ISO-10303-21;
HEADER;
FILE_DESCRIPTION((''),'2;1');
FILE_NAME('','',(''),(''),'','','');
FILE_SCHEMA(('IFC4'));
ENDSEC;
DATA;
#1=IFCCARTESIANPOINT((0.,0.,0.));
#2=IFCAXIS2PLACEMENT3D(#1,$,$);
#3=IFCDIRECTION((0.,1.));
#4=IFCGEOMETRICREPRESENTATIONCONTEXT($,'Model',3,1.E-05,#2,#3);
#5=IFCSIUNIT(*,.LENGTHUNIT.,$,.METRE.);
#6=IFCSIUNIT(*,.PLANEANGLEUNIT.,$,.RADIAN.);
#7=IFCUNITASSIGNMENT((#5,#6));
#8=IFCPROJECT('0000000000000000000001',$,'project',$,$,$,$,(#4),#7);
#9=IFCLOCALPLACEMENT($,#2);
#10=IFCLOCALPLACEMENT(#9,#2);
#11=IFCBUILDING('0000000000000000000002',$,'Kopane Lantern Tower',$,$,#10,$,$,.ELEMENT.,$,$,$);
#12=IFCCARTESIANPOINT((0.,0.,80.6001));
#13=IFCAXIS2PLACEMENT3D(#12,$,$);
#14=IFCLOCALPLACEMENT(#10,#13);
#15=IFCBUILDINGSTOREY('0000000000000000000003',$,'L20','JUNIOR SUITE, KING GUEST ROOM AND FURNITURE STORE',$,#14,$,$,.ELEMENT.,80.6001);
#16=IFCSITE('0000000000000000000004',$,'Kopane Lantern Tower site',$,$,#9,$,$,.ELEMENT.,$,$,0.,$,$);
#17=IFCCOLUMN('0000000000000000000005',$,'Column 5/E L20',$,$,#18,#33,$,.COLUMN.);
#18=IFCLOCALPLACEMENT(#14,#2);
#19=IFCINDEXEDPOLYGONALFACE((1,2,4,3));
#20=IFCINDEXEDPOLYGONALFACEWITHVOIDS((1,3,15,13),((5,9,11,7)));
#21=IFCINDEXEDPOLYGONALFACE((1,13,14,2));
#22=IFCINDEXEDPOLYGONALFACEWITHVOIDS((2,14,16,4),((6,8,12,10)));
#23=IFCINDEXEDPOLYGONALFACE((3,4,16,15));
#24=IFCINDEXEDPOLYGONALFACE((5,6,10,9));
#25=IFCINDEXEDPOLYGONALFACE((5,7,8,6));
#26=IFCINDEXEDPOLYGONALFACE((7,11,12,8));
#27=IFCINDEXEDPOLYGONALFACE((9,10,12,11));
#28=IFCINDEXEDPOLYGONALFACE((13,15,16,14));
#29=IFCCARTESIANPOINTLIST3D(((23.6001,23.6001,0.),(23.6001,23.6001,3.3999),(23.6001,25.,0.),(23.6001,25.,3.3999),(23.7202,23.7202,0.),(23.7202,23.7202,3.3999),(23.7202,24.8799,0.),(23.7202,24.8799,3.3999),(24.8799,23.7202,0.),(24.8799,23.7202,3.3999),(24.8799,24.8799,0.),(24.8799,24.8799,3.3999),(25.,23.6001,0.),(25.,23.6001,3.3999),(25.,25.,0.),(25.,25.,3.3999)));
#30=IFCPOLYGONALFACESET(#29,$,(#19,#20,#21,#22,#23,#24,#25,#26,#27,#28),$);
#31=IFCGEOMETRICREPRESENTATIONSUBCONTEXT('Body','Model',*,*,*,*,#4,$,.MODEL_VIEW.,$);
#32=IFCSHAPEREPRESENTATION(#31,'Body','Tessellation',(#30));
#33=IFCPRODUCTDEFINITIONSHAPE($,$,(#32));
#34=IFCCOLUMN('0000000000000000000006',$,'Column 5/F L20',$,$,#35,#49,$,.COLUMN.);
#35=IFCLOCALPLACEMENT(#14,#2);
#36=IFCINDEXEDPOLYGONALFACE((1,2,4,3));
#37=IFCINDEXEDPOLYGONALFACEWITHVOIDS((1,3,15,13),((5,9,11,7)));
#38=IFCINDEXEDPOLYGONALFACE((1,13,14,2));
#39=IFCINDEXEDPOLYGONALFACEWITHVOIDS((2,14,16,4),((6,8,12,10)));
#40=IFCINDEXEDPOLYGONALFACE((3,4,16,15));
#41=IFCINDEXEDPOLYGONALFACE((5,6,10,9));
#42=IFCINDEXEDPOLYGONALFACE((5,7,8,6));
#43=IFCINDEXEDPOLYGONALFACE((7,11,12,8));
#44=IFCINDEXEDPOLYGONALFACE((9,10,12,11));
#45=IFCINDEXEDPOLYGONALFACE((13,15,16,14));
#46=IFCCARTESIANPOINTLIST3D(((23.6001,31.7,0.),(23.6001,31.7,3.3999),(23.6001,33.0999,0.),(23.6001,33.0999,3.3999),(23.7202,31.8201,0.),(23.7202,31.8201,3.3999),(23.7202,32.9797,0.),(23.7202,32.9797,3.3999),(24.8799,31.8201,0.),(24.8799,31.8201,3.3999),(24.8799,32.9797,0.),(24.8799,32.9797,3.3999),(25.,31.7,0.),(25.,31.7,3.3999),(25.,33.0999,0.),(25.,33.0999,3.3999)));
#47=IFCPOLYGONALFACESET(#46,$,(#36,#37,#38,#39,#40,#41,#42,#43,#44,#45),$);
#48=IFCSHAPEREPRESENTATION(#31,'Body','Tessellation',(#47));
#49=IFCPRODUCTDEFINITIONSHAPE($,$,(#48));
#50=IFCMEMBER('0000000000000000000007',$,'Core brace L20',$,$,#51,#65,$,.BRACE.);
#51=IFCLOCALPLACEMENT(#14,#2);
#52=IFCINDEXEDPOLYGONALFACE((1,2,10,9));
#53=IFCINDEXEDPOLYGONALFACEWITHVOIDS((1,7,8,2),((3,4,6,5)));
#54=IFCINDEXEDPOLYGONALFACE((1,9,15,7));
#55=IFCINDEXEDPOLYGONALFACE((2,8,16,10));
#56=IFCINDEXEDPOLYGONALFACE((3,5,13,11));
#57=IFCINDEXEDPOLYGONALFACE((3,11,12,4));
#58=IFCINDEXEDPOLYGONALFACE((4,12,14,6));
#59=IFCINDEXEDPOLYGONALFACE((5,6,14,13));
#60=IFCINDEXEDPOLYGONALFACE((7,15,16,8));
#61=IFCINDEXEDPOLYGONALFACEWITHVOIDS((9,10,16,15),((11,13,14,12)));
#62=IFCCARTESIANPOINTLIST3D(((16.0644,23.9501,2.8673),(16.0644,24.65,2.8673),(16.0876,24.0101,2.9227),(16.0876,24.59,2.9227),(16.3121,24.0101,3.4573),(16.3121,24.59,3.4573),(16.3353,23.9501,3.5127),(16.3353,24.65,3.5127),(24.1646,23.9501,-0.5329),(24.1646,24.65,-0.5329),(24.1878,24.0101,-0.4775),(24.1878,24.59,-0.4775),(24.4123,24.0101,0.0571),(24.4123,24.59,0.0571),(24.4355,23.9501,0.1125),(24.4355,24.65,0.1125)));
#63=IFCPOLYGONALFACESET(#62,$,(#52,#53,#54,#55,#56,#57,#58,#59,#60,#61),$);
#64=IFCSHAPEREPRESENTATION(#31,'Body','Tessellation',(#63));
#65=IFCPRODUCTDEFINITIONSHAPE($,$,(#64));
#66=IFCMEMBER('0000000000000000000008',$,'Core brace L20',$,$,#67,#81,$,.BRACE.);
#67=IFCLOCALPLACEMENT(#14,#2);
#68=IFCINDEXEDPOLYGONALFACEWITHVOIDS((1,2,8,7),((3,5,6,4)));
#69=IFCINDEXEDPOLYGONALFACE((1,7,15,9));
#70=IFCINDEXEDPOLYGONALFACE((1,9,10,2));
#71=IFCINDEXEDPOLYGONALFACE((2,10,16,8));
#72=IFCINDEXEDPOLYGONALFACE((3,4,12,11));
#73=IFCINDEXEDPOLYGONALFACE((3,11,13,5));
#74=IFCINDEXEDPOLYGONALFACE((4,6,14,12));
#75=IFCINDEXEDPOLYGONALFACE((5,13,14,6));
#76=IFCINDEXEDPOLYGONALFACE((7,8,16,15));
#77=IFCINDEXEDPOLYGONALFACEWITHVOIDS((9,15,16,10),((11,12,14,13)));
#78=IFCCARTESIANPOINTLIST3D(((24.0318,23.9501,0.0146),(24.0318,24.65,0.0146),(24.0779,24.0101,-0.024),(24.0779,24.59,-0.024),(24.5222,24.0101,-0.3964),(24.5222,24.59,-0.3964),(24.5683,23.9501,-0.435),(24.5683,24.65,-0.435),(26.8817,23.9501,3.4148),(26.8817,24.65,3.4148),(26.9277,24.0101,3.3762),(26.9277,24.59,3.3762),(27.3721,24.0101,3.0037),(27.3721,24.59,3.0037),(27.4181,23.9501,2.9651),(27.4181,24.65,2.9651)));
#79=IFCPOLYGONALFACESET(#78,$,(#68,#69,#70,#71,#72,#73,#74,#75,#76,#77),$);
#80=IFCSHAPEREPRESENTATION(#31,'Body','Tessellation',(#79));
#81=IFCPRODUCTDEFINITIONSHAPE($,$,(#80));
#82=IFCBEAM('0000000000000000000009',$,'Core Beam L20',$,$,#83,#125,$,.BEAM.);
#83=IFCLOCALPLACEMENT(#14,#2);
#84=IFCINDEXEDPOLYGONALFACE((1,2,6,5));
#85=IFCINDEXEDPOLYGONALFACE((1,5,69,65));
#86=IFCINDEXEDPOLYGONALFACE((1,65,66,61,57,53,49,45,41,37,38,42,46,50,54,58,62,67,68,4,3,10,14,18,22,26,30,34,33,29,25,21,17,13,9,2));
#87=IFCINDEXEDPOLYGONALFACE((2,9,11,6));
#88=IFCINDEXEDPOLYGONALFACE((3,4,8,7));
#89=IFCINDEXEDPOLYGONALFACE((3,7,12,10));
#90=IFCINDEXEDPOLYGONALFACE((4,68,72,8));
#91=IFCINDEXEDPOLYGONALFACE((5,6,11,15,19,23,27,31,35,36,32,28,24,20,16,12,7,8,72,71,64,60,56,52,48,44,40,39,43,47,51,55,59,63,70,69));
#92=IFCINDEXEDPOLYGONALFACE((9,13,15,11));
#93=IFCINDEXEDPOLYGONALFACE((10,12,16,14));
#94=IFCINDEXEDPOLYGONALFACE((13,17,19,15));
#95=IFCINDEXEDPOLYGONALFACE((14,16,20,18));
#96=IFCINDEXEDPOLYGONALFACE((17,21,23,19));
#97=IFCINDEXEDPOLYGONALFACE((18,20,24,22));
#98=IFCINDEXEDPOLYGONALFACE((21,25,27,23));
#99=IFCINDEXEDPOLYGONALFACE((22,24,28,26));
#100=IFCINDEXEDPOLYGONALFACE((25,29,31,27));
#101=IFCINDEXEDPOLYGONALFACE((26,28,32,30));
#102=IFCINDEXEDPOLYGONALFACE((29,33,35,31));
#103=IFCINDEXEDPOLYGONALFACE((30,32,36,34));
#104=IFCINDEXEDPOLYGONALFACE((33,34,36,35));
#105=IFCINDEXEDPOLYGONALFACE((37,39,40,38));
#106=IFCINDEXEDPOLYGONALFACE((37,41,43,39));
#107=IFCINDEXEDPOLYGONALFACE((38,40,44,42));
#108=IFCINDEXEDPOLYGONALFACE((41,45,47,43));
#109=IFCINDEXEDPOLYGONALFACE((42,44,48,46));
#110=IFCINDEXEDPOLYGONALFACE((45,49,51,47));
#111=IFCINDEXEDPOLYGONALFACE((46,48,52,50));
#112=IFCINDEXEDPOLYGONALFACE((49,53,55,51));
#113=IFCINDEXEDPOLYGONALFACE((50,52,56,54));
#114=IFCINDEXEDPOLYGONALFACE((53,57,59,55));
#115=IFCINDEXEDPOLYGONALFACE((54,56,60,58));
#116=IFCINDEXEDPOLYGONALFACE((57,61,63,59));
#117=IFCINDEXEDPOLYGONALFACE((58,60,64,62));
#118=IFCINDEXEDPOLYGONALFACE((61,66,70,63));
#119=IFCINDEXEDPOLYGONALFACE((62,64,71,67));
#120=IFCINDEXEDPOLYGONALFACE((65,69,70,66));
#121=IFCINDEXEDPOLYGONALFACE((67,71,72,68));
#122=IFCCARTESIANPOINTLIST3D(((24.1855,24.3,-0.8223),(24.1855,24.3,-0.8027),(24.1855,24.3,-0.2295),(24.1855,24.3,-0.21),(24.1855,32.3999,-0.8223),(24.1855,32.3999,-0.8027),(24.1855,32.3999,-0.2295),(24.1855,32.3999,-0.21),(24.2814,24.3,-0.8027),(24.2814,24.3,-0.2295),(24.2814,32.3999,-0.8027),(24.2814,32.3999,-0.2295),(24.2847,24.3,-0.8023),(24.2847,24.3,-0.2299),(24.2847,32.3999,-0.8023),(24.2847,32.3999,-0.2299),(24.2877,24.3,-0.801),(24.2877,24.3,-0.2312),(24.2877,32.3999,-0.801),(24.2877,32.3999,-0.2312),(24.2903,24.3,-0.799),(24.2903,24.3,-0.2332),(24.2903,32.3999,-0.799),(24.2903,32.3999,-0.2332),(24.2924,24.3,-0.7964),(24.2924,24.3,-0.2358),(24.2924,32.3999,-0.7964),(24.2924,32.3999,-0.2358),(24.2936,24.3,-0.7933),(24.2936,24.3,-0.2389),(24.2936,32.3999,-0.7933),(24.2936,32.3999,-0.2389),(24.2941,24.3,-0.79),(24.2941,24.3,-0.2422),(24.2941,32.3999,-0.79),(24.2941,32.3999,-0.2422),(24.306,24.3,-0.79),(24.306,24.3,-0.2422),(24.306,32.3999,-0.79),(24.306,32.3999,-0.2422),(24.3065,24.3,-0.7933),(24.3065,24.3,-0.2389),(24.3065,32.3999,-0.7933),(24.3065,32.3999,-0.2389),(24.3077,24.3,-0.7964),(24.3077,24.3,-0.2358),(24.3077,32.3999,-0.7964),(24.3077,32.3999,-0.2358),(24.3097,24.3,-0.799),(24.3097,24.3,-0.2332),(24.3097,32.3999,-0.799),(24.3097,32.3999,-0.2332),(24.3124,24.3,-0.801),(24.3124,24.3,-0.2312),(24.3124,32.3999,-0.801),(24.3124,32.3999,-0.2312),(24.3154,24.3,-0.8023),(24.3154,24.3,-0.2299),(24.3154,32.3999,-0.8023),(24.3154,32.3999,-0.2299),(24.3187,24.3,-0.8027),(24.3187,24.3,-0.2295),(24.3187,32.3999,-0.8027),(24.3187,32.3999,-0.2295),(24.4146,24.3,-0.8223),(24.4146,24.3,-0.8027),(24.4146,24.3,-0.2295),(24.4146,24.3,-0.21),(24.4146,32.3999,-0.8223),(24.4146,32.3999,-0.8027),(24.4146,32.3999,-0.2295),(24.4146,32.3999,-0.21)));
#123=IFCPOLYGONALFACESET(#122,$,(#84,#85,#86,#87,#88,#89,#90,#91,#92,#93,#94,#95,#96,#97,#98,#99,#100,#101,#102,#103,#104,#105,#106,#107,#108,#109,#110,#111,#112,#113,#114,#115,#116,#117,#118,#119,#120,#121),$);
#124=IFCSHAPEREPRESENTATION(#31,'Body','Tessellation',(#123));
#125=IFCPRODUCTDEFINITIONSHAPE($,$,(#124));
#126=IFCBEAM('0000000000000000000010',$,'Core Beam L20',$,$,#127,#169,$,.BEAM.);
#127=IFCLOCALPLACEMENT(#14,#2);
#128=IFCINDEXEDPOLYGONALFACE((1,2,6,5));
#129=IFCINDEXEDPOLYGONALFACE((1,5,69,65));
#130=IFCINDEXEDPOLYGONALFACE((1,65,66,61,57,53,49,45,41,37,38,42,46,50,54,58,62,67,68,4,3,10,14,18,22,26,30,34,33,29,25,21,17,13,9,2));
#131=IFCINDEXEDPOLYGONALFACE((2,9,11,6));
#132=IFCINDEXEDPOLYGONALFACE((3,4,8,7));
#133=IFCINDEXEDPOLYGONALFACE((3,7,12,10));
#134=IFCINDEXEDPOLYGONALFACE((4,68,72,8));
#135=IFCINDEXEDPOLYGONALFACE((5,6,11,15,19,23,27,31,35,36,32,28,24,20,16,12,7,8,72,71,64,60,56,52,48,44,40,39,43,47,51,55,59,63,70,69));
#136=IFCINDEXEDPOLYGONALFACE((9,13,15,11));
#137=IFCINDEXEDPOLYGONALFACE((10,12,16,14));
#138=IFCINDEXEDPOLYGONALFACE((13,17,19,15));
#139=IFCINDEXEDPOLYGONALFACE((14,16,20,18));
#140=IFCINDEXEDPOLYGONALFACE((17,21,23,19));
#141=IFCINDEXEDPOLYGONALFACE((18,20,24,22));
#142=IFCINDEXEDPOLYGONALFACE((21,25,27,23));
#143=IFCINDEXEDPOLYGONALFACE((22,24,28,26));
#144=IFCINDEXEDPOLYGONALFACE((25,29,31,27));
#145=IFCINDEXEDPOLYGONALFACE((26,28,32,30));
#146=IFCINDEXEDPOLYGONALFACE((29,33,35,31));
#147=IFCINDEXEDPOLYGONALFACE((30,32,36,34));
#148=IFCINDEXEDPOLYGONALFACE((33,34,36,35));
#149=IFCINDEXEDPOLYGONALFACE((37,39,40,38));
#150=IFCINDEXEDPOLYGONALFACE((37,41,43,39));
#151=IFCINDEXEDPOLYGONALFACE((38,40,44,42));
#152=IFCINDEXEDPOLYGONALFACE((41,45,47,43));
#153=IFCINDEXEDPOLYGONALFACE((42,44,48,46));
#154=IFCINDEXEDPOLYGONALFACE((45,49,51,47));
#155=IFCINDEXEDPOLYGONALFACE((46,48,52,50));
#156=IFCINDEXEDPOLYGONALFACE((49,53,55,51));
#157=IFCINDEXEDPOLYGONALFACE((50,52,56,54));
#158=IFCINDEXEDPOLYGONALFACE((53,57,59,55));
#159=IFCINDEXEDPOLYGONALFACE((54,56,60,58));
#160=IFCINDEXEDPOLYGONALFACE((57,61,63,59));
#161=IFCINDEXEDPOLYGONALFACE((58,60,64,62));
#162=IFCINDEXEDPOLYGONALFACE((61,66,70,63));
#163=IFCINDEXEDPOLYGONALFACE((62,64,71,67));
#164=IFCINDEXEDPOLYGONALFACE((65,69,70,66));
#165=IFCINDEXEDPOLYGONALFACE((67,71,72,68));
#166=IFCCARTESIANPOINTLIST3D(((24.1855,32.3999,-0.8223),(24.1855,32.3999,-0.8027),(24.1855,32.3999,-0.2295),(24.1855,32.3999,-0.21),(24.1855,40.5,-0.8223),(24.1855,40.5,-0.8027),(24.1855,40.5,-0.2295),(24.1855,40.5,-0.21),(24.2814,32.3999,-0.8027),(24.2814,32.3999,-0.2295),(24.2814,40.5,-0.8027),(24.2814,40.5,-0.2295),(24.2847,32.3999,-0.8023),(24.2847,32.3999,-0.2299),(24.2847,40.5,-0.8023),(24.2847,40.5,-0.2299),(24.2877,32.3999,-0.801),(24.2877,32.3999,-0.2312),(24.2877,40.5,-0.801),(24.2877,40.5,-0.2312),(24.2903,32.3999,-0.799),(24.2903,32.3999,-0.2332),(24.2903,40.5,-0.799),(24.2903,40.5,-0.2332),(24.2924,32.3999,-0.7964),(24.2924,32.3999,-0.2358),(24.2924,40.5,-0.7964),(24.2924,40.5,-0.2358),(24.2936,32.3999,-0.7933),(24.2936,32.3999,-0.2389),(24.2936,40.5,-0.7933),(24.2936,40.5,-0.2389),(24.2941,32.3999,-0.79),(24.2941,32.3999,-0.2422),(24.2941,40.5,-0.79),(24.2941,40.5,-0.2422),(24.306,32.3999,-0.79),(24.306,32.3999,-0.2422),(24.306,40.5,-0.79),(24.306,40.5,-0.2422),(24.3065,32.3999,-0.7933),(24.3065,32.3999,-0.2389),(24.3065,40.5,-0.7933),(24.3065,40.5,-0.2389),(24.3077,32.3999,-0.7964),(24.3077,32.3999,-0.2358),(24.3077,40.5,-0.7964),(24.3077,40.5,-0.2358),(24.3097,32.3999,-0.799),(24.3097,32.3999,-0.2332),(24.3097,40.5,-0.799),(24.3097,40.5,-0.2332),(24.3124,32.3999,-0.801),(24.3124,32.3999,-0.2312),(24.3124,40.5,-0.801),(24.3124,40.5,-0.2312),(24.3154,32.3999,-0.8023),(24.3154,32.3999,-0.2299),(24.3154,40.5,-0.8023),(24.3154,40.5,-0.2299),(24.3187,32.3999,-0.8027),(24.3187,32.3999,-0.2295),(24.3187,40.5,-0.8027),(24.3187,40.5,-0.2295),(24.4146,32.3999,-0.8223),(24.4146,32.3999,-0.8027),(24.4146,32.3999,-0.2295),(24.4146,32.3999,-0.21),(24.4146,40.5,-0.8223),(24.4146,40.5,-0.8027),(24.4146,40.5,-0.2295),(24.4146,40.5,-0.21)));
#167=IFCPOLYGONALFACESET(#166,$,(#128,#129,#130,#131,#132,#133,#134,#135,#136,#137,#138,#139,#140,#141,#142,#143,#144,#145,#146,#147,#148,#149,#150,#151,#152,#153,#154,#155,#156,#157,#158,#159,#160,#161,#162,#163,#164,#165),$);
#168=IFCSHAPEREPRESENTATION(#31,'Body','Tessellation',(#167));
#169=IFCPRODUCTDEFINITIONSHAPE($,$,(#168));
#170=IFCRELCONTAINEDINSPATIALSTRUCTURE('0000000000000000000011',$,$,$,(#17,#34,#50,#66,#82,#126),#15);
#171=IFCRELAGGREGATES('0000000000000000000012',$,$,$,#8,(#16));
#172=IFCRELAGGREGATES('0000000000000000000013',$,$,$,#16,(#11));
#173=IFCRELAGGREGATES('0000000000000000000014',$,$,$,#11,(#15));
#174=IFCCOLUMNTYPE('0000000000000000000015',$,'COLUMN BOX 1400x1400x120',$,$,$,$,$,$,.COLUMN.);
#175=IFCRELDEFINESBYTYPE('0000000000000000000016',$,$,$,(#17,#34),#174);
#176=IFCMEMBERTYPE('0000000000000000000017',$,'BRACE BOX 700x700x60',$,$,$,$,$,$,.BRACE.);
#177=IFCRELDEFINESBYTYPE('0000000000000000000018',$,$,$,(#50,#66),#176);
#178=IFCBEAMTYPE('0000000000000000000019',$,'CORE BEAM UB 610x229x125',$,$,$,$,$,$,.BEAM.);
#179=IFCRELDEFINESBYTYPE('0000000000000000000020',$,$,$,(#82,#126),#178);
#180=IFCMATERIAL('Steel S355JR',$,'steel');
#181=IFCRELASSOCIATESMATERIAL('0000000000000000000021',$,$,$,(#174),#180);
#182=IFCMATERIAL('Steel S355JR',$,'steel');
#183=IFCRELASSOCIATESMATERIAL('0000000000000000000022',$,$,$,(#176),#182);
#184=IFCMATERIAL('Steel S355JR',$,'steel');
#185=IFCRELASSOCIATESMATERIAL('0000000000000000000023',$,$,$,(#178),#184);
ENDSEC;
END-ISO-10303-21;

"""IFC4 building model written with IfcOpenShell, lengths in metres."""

from ifc_helpers import new_model, si_unit, direction, frame, origin, origin_2d, place, context, subcontext, project, spatial, hollow_rectangle, i_section, extrude, material, material_profile, profile_set, type_object, element, save


model = new_model("IFC4")

# Units and contexts
model_context = context("Model", 3, precision=1e-05, world=origin(), true_north=direction((0.0, 1.0)))
body_context = subcontext(model_context, "Body", "Model", "MODEL_VIEW")
ifc_project = project(units=[si_unit("LENGTHUNIT", "METRE"), si_unit("PLANEANGLEUNIT", "RADIAN")], contexts=[model_context])

# Site, building, storey
site_placement = place(None, origin())
site = spatial("IfcSite", under=ifc_project, at=site_placement, Name="Kopane Lantern Tower site", CompositionType="ELEMENT", RefElevation=0.0)
building_placement = place(site_placement, origin())
building = spatial("IfcBuilding", under=site, at=building_placement, Name="Kopane Lantern Tower", CompositionType="ELEMENT")
storey_placement = place(building_placement, frame((0.0, 0.0, 80.6001)))
storey = spatial("IfcBuildingStorey", under=building, at=storey_placement, Name="L20", Description="JUNIOR SUITE, KING GUEST ROOM AND FURNITURE STORE", CompositionType="ELEMENT", Elevation=80.6001)

# Columns
ifc_material_1 = material(Name="Steel S355JR", Category="steel")
ifc_material_profile_1 = material_profile(ifc_material_1, hollow_rectangle(XDim=1.3999, YDim=1.3999, WallThickness=0.1201, at=origin_2d()), Name="BOX 1400x1400x120")
ifc_profile_set_1 = profile_set([ifc_material_profile_1], Name="Steel S355JR")
column_type = type_object("IfcColumnType", Name="COLUMN BOX 1400x1400x120", PredefinedType="COLUMN", material=ifc_profile_set_1)
for number, where, z_axis, x_axis, name in (
    (1, (24.3, 24.3, 0.0), (0.0, 0.0, 1.0), (1.0, 0.0, 0.0), "Column 5/E L20"),
    (2, (24.3, 32.3999, 0.0), (0.0, 0.0, 1.0), (1.0, 0.0, 0.0), "Column 5/F L20"),
):
    element("IfcColumn", number, at=place(storey_placement, frame(where, z_axis=z_axis, x_axis=x_axis)), inside=storey, type_object=column_type, Name=name, PredefinedType="COLUMN", context=body_context, shape_type="SweptSolid", body=[
        extrude(hollow_rectangle(XDim=1.3999, YDim=1.3999, WallThickness=0.1201, at=origin_2d()), origin(), (0.0, 0.0, 1.0), 3.3999),
    ])

# Members
ifc_material_2 = material(Name="Steel S355JR", Category="steel")
ifc_material_profile_2 = material_profile(ifc_material_2, hollow_rectangle(XDim=0.7, YDim=0.7, WallThickness=0.0601, at=origin_2d()), Name="BOX 700x700x60")
ifc_profile_set_2 = profile_set([ifc_material_profile_2], Name="Steel S355JR")
member_type = type_object("IfcMemberType", Name="BRACE BOX 700x700x60", PredefinedType="BRACE", material=ifc_profile_set_2)
member_1_placement = place(storey_placement, frame((24.3, 24.3, -0.2102), z_axis=(-0.922059, 0.0, 0.387049), x_axis=(0.0, -1.0, 0.0)))
element("IfcMember", 3, at=member_1_placement, inside=storey, type_object=member_type, Name="Core brace L20", PredefinedType="BRACE", context=body_context, shape_type="SweptSolid", body=[
    extrude(hollow_rectangle(XDim=0.7, YDim=0.7, WallThickness=0.0601, at=origin_2d()), origin(), (0.0, 0.0, 1.0), 8.7849),
])
member_2_placement = place(storey_placement, frame((24.3, 24.3, -0.2102), z_axis=(0.642363, 0.0, 0.7664), x_axis=(0.0, 1.0, 0.0)))
element("IfcMember", 4, at=member_2_placement, inside=storey, type_object=member_type, Name="Core brace L20", PredefinedType="BRACE", context=body_context, shape_type="SweptSolid", body=[
    extrude(hollow_rectangle(XDim=0.7, YDim=0.7, WallThickness=0.0601, at=origin_2d()), origin(), (0.0, 0.0, 1.0), 4.4365),
])

# Beams
ifc_material_3 = material(Name="Steel S355JR", Category="steel")
ifc_material_profile_3 = material_profile(ifc_material_3, i_section(OverallWidth=0.229, OverallDepth=0.6123, WebThickness=0.012, FlangeThickness=0.0195, FilletRadius=0.0127, at=origin_2d()), Name="UB 610x229x125")
ifc_profile_set_3 = profile_set([ifc_material_profile_3], Name="Steel S355JR")
beam_type_1 = type_object("IfcBeamType", Name="CORE BEAM UB 610x229x125", PredefinedType="BEAM", material=ifc_profile_set_3)
beam_1_placement = place(storey_placement, frame((24.3, 24.3, -0.5161), z_axis=(0.0, 1.0, 0.0), x_axis=(-1.0, 0.0, 0.0)))
element("IfcBeam", 5, at=beam_1_placement, inside=storey, type_object=beam_type_1, Name="Core Beam L20", PredefinedType="BEAM", context=body_context, shape_type="SweptSolid", body=[
    extrude(i_section(OverallWidth=0.229, OverallDepth=0.6123, WebThickness=0.012, FlangeThickness=0.0195, FilletRadius=0.0127, at=origin_2d()), origin(), (0.0, 0.0, 1.0), 8.0999),
])
beam_2_placement = place(storey_placement, frame((24.3, 32.3999, -0.5161), z_axis=(0.0, 1.0, 0.0), x_axis=(-1.0, 0.0, 0.0)))
element("IfcBeam", 6, at=beam_2_placement, inside=storey, type_object=beam_type_1, Name="Core Beam L20", PredefinedType="BEAM", context=body_context, shape_type="SweptSolid", body=[
    extrude(i_section(OverallWidth=0.229, OverallDepth=0.6123, WebThickness=0.012, FlangeThickness=0.0195, FilletRadius=0.0127, at=origin_2d()), origin(), (0.0, 0.0, 1.0), 8.1001),
])

save(model, "model.ifc")
